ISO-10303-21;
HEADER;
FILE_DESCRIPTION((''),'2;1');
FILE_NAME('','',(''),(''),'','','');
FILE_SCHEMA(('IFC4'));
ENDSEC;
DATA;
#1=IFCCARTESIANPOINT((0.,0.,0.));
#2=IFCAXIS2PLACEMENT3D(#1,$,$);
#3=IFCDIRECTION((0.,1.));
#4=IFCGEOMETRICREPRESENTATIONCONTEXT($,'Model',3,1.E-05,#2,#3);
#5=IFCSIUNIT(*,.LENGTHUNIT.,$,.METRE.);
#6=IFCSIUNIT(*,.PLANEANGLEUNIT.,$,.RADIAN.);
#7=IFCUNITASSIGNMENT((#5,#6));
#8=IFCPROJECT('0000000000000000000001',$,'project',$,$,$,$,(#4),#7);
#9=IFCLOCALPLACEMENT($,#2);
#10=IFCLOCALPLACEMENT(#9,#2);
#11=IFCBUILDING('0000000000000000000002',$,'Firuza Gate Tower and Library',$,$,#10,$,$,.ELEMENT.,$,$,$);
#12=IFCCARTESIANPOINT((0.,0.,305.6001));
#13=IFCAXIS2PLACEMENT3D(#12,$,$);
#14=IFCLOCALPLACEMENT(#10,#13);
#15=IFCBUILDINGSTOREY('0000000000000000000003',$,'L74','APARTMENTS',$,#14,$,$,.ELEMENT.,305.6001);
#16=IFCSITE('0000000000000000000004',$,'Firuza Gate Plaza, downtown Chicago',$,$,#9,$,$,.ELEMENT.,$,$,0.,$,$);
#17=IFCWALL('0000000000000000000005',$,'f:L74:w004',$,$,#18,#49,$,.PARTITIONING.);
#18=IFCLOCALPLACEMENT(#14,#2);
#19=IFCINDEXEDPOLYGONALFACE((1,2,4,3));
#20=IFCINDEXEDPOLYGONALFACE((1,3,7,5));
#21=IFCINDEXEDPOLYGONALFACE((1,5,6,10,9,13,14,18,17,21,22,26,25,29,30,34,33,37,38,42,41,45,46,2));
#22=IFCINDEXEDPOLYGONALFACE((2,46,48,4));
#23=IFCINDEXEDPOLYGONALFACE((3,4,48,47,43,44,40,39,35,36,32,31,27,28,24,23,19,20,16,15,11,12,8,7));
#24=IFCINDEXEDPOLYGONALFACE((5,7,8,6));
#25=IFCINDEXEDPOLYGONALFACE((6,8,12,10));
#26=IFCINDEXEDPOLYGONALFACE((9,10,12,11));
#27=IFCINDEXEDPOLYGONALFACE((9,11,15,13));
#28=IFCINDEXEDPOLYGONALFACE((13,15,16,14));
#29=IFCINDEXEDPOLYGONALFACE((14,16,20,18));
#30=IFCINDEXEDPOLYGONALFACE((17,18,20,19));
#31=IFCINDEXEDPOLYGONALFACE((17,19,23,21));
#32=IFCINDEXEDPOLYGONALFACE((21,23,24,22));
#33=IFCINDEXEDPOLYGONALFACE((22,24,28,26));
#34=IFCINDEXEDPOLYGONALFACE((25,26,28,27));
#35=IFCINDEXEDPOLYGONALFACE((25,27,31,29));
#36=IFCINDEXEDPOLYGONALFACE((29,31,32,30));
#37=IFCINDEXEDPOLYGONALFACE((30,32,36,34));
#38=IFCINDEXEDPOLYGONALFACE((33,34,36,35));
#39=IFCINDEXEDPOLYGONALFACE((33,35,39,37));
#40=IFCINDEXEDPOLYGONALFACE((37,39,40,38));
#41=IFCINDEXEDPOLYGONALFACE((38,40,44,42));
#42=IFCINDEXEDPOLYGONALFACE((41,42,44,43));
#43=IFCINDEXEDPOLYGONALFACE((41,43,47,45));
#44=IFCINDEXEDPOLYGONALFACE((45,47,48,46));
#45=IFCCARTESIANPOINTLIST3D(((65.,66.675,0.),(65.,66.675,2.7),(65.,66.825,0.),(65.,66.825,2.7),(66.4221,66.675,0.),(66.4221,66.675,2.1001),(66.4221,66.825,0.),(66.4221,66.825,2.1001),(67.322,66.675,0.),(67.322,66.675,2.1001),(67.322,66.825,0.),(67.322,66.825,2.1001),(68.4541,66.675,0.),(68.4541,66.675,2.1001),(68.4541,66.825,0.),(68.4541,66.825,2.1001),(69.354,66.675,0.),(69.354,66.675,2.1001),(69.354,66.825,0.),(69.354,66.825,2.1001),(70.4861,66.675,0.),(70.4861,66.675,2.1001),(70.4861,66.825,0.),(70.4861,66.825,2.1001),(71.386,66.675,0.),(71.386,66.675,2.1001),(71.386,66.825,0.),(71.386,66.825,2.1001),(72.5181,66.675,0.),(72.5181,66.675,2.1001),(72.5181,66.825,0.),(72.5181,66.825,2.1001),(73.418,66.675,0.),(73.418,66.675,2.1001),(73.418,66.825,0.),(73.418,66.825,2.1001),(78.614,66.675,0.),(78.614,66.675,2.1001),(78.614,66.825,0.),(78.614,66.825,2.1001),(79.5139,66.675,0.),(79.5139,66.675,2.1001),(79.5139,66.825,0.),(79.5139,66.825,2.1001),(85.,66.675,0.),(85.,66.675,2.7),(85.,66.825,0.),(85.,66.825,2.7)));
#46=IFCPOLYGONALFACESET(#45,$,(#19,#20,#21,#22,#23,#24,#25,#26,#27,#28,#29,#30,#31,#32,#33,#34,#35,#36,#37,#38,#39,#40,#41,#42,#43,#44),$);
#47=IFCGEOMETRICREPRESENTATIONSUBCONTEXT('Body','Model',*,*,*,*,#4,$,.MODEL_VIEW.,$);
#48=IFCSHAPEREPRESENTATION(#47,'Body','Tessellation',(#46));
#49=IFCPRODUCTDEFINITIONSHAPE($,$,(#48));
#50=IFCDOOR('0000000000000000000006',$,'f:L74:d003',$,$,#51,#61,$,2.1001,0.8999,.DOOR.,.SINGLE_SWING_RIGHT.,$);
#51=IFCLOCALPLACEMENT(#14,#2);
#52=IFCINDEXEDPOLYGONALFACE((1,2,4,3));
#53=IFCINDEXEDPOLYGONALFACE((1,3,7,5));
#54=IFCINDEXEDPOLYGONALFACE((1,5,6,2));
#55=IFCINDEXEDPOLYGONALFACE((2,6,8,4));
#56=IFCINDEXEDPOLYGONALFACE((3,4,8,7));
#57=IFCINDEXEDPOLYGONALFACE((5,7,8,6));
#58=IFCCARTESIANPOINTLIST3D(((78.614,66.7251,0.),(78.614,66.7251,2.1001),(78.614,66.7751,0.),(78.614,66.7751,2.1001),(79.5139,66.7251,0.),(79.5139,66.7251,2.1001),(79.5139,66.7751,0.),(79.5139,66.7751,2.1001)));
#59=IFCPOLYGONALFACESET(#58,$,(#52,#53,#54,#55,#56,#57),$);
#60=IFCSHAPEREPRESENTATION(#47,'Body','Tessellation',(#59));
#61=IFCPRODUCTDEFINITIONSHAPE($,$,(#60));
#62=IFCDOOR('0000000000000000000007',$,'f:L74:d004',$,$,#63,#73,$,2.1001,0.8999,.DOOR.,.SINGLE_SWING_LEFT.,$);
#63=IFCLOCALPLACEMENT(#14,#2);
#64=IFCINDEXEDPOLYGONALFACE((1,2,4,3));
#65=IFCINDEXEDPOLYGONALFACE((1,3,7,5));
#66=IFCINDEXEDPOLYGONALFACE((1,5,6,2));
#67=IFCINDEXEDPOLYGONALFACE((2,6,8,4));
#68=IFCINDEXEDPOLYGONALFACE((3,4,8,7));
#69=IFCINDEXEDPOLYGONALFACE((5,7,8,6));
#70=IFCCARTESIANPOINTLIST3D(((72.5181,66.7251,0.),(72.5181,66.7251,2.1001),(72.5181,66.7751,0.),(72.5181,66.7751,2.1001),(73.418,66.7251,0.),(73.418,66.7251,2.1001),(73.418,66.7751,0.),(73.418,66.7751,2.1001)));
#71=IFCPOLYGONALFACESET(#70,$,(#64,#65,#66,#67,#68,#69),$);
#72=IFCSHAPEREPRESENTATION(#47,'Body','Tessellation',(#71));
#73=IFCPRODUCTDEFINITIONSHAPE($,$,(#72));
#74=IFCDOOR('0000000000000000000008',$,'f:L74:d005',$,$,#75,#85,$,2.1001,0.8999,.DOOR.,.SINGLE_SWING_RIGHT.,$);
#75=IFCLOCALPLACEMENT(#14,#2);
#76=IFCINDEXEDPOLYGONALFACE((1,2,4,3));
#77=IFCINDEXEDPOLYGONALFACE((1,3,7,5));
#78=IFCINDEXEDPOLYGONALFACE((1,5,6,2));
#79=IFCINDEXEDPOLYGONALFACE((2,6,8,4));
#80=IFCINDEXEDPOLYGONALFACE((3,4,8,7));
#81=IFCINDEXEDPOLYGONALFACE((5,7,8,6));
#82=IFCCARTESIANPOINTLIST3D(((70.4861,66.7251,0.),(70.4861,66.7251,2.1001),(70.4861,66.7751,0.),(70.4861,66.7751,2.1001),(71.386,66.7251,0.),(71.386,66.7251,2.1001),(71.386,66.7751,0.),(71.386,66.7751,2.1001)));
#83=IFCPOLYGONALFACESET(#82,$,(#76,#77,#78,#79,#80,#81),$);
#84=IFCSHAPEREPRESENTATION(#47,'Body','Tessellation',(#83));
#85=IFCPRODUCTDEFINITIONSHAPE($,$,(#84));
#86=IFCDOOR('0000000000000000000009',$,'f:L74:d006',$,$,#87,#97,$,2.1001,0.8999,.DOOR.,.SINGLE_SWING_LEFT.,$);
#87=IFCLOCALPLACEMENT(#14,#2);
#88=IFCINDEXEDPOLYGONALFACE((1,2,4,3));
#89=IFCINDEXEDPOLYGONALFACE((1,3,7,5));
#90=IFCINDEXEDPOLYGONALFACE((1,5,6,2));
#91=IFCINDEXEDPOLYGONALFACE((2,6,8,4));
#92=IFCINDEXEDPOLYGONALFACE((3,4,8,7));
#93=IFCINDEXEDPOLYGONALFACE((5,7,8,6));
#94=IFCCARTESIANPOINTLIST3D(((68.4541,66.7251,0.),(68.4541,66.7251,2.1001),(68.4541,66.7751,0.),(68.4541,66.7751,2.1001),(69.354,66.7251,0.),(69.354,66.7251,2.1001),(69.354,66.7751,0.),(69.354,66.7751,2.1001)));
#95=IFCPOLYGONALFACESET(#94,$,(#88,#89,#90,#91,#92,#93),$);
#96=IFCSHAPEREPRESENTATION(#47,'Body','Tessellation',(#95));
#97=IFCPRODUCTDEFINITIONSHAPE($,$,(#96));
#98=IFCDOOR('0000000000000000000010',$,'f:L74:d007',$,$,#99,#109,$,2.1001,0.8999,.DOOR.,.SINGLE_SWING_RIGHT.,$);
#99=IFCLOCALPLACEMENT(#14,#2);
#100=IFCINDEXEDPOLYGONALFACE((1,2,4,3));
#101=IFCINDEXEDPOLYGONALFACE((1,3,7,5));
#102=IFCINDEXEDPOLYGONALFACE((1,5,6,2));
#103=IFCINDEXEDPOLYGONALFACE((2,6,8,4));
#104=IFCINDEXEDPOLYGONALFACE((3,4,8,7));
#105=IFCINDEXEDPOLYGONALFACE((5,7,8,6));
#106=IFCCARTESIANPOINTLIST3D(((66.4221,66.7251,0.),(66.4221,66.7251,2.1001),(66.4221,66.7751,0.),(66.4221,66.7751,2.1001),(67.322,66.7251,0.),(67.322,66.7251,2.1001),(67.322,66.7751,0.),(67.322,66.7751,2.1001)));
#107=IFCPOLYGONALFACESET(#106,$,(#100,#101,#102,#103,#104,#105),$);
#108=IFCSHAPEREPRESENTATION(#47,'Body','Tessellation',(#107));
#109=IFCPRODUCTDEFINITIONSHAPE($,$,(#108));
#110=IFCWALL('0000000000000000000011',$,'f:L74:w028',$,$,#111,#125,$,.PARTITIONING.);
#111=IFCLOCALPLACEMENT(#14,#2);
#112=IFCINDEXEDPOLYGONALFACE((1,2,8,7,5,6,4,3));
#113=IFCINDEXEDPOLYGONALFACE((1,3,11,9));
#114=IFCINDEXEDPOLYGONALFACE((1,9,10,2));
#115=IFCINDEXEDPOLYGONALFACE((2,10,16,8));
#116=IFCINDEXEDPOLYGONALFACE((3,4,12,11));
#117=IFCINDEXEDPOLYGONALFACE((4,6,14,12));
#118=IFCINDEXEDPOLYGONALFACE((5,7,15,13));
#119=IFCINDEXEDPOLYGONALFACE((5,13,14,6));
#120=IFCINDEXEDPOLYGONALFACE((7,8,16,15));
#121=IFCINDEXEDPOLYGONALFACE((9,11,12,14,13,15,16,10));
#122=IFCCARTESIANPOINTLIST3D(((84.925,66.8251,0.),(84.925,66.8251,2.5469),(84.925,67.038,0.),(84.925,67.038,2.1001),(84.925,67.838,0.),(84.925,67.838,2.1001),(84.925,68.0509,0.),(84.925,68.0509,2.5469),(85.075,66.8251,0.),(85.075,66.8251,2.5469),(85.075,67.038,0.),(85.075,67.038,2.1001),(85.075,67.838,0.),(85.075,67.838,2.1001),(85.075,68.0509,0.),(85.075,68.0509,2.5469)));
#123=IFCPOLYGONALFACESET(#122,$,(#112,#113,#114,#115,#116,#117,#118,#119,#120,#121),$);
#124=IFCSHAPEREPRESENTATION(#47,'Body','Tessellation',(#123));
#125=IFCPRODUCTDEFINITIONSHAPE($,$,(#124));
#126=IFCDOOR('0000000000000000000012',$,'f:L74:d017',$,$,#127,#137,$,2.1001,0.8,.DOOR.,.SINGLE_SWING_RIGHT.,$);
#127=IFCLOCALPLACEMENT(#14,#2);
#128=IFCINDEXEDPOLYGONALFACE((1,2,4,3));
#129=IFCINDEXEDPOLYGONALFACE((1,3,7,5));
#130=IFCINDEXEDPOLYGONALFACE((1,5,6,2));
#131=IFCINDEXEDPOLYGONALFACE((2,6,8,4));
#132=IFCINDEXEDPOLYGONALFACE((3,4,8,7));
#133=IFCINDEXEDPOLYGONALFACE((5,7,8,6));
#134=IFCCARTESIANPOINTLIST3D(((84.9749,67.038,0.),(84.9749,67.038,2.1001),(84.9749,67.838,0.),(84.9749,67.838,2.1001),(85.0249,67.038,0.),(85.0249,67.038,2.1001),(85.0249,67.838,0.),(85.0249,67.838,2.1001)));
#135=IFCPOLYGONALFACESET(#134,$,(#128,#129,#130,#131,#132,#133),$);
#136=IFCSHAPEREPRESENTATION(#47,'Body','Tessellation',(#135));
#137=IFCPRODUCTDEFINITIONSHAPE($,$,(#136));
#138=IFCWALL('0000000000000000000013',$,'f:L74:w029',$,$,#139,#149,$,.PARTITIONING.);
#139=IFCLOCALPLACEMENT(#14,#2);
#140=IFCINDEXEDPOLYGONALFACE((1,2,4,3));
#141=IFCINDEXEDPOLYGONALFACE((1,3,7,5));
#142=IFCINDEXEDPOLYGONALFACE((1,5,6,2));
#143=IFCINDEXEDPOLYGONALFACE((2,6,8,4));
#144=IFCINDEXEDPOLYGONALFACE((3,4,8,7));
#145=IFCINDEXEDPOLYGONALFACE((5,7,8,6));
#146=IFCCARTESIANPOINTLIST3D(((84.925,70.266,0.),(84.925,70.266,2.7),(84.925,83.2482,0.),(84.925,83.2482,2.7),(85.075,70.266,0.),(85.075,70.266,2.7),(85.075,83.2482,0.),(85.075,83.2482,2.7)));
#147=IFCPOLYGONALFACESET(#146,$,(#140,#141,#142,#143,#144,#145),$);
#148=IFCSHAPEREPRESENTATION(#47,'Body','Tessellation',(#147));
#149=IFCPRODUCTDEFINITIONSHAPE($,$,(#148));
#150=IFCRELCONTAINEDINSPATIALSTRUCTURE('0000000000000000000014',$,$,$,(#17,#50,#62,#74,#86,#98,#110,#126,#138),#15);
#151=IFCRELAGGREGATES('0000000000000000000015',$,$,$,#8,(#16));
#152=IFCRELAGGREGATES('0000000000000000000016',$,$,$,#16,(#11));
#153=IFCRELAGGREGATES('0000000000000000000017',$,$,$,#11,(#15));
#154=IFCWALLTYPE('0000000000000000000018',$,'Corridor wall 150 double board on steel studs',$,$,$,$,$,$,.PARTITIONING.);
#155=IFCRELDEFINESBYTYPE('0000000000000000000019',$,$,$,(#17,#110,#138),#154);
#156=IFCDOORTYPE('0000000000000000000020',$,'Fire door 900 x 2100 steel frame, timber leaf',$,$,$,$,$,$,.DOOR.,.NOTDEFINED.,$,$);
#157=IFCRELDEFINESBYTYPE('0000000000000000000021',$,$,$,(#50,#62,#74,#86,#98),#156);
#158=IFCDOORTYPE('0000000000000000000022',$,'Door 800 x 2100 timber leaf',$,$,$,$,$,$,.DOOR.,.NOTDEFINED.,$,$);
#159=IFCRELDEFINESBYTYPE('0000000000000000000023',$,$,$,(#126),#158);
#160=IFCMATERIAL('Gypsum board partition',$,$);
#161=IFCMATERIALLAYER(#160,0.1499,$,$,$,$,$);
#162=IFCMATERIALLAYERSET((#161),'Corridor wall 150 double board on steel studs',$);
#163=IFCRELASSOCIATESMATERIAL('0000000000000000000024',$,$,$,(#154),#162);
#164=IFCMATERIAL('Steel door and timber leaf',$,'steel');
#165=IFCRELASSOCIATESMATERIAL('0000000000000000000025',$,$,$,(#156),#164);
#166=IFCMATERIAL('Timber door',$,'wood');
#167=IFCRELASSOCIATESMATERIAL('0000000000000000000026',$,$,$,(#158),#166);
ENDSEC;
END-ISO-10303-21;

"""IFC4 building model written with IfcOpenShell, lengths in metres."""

from ifc_helpers import new_model, si_unit, direction, frame, frame_2d, origin, place, context, subcontext, project, spatial, rectangle, extrude, material, layer, layer_set, type_object, element, fill, save


model = new_model("IFC4")

# Units and contexts
model_context = context("Model", 3, precision=1e-05, world=origin(), true_north=direction((0.0, 1.0)))
body_context = subcontext(model_context, "Body", "Model", "MODEL_VIEW")
ifc_project = project(units=[si_unit("LENGTHUNIT", "METRE"), si_unit("PLANEANGLEUNIT", "RADIAN")], contexts=[model_context])

# Site, building, storey
site_placement = place(None, origin())
site = spatial("IfcSite", under=ifc_project, at=site_placement, Name="Firuza Gate Plaza, downtown Chicago", CompositionType="ELEMENT", RefElevation=0.0)
building_placement = place(site_placement, origin())
building = spatial("IfcBuilding", under=site, at=building_placement, Name="Firuza Gate Tower and Library", CompositionType="ELEMENT")
storey_placement = place(building_placement, frame((0.0, 0.0, 305.6001)))
storey = spatial("IfcBuildingStorey", under=building, at=storey_placement, Name="L74", Description="APARTMENTS", CompositionType="ELEMENT", Elevation=305.6001)

# Wall, openings, doors
ifc_material_1 = material(Name="Gypsum board partition")
ifc_layer_1 = layer(ifc_material_1, 0.1499)
ifc_layer_set_1 = layer_set([ifc_layer_1], Name="Corridor wall 150 double board on steel studs")
wall_type_1 = type_object("IfcWallType", Name="Corridor wall 150 double board on steel studs", PredefinedType="PARTITIONING", material=ifc_layer_set_1)
wall_1_placement = place(storey_placement, frame((85.0, 66.75, 0.0), z_axis=(0.0, 0.0, 1.0), x_axis=(-1.0, 0.0, 0.0)))
wall_1 = element("IfcWall", 1, at=wall_1_placement, inside=storey, type_object=wall_type_1, Name="f:L74:w004", PredefinedType="PARTITIONING", context=body_context, shape_type="SweptSolid", body=[
    extrude(rectangle(XDim=20.0, YDim=0.1499, at=frame_2d((10.0, 0.0))), origin(), (0.0, 0.0, 1.0), 2.7),
])
opening_1_placement = place(wall_1_placement, frame((5.4861, 0.0, 0.0)))
opening_1 = element("IfcOpeningElement", 2, at=opening_1_placement, cuts=wall_1, PredefinedType="OPENING", context=body_context, shape_type="SweptSolid", body=[
    extrude(rectangle(XDim=0.8999, YDim=2.1001, at=frame_2d((0.45, 1.05))), frame((0.0, 0.085, 0.0), z_axis=(0.0, -1.0, 0.0), x_axis=(1.0, 0.0, 0.0)), (0.0, 0.0, 1.0), 0.1699),
])
opening_2_placement = place(wall_1_placement, frame((11.582, 0.0, 0.0)))
opening_2 = element("IfcOpeningElement", 3, at=opening_2_placement, cuts=wall_1, PredefinedType="OPENING", context=body_context, shape_type="SweptSolid", body=[
    extrude(rectangle(XDim=0.8999, YDim=2.1001, at=frame_2d((0.45, 1.05))), frame((0.0, 0.085, 0.0), z_axis=(0.0, -1.0, 0.0), x_axis=(1.0, 0.0, 0.0)), (0.0, 0.0, 1.0), 0.1699),
])
opening_3_placement = place(wall_1_placement, frame((13.614, 0.0, 0.0)))
opening_3 = element("IfcOpeningElement", 4, at=opening_3_placement, cuts=wall_1, PredefinedType="OPENING", context=body_context, shape_type="SweptSolid", body=[
    extrude(rectangle(XDim=0.8999, YDim=2.1001, at=frame_2d((0.45, 1.05))), frame((0.0, 0.085, 0.0), z_axis=(0.0, -1.0, 0.0), x_axis=(1.0, 0.0, 0.0)), (0.0, 0.0, 1.0), 0.1699),
])
opening_4_placement = place(wall_1_placement, frame((15.646, 0.0, 0.0)))
opening_4 = element("IfcOpeningElement", 5, at=opening_4_placement, cuts=wall_1, PredefinedType="OPENING", context=body_context, shape_type="SweptSolid", body=[
    extrude(rectangle(XDim=0.8999, YDim=2.1001, at=frame_2d((0.45, 1.05))), frame((0.0, 0.085, 0.0), z_axis=(0.0, -1.0, 0.0), x_axis=(1.0, 0.0, 0.0)), (0.0, 0.0, 1.0), 0.1699),
])
opening_5_placement = place(wall_1_placement, frame((17.678, 0.0, 0.0)))
opening_5 = element("IfcOpeningElement", 6, at=opening_5_placement, cuts=wall_1, PredefinedType="OPENING", context=body_context, shape_type="SweptSolid", body=[
    extrude(rectangle(XDim=0.8999, YDim=2.1001, at=frame_2d((0.45, 1.05))), frame((0.0, 0.085, 0.0), z_axis=(0.0, -1.0, 0.0), x_axis=(1.0, 0.0, 0.0)), (0.0, 0.0, 1.0), 0.1699),
])
ifc_material_2 = material(Name="Steel door and timber leaf", Category="steel")
door_type_1 = type_object("IfcDoorType", Name="Fire door 900 x 2100 steel frame, timber leaf", OperationType="NOTDEFINED", PredefinedType="DOOR", material=ifc_material_2)
door_1_placement = place(opening_1_placement, origin())
door_1 = element("IfcDoor", 7, at=door_1_placement, inside=storey, type_object=door_type_1, Name="f:L74:d003", OperationType="SINGLE_SWING_RIGHT", OverallHeight=2.1001, OverallWidth=0.8999, PredefinedType="DOOR", context=body_context, shape_type="SweptSolid", body=[
    extrude(rectangle(XDim=0.8999, YDim=2.1001, at=frame_2d((0.45, 1.05))), frame((0.0, 0.0249, 0.0), z_axis=(0.0, -1.0, 0.0), x_axis=(1.0, 0.0, 0.0)), (0.0, 0.0, 1.0), 0.05),
])
fill(opening_1, door_1)
door_2_placement = place(opening_2_placement, origin())
door_2 = element("IfcDoor", 8, at=door_2_placement, inside=storey, type_object=door_type_1, Name="f:L74:d004", OperationType="SINGLE_SWING_LEFT", OverallHeight=2.1001, OverallWidth=0.8999, PredefinedType="DOOR", context=body_context, shape_type="SweptSolid", body=[
    extrude(rectangle(XDim=0.8999, YDim=2.1001, at=frame_2d((0.45, 1.05))), frame((0.0, 0.0249, 0.0), z_axis=(0.0, -1.0, 0.0), x_axis=(1.0, 0.0, 0.0)), (0.0, 0.0, 1.0), 0.05),
])
fill(opening_2, door_2)
door_3_placement = place(opening_3_placement, origin())
door_3 = element("IfcDoor", 9, at=door_3_placement, inside=storey, type_object=door_type_1, Name="f:L74:d005", OperationType="SINGLE_SWING_RIGHT", OverallHeight=2.1001, OverallWidth=0.8999, PredefinedType="DOOR", context=body_context, shape_type="SweptSolid", body=[
    extrude(rectangle(XDim=0.8999, YDim=2.1001, at=frame_2d((0.45, 1.05))), frame((0.0, 0.0249, 0.0), z_axis=(0.0, -1.0, 0.0), x_axis=(1.0, 0.0, 0.0)), (0.0, 0.0, 1.0), 0.05),
])
fill(opening_3, door_3)
door_4_placement = place(opening_4_placement, origin())
door_4 = element("IfcDoor", 10, at=door_4_placement, inside=storey, type_object=door_type_1, Name="f:L74:d006", OperationType="SINGLE_SWING_LEFT", OverallHeight=2.1001, OverallWidth=0.8999, PredefinedType="DOOR", context=body_context, shape_type="SweptSolid", body=[
    extrude(rectangle(XDim=0.8999, YDim=2.1001, at=frame_2d((0.45, 1.05))), frame((0.0, 0.0249, 0.0), z_axis=(0.0, -1.0, 0.0), x_axis=(1.0, 0.0, 0.0)), (0.0, 0.0, 1.0), 0.05),
])
fill(opening_4, door_4)
door_5_placement = place(opening_5_placement, origin())
door_5 = element("IfcDoor", 11, at=door_5_placement, inside=storey, type_object=door_type_1, Name="f:L74:d007", OperationType="SINGLE_SWING_RIGHT", OverallHeight=2.1001, OverallWidth=0.8999, PredefinedType="DOOR", context=body_context, shape_type="SweptSolid", body=[
    extrude(rectangle(XDim=0.8999, YDim=2.1001, at=frame_2d((0.45, 1.05))), frame((0.0, 0.0249, 0.0), z_axis=(0.0, -1.0, 0.0), x_axis=(1.0, 0.0, 0.0)), (0.0, 0.0, 1.0), 0.05),
])
fill(opening_5, door_5)

# Wall, opening, door
wall_2_placement = place(storey_placement, frame((85.0, 68.0508, 0.0), z_axis=(0.0, 0.0, 1.0), x_axis=(0.0, -1.0, 0.0)))
wall_2 = element("IfcWall", 12, at=wall_2_placement, inside=storey, type_object=wall_type_1, Name="f:L74:w028", PredefinedType="PARTITIONING", context=body_context, shape_type="SweptSolid", body=[
    extrude(rectangle(XDim=1.2258, YDim=0.1499, at=frame_2d((0.6128, 0.0))), origin(), (0.0, 0.0, 1.0), 2.5469),
])
opening_6_placement = place(wall_2_placement, frame((0.2129, 0.0, 0.0)))
opening_6 = element("IfcOpeningElement", 13, at=opening_6_placement, cuts=wall_2, PredefinedType="OPENING", context=body_context, shape_type="SweptSolid", body=[
    extrude(rectangle(XDim=0.8, YDim=2.1001, at=frame_2d((0.3999, 1.05))), frame((0.0, 0.085, 0.0), z_axis=(0.0, -1.0, 0.0), x_axis=(1.0, 0.0, 0.0)), (0.0, 0.0, 1.0), 0.1699),
])
ifc_material_3 = material(Name="Timber door", Category="wood")
door_type_2 = type_object("IfcDoorType", Name="Door 800 x 2100 timber leaf", OperationType="NOTDEFINED", PredefinedType="DOOR", material=ifc_material_3)
door_6_placement = place(opening_6_placement, origin())
door_6 = element("IfcDoor", 14, at=door_6_placement, inside=storey, type_object=door_type_2, Name="f:L74:d017", OperationType="SINGLE_SWING_RIGHT", OverallHeight=2.1001, OverallWidth=0.8, PredefinedType="DOOR", context=body_context, shape_type="SweptSolid", body=[
    extrude(rectangle(XDim=0.8, YDim=2.1001, at=frame_2d((0.3999, 1.05))), frame((0.0, 0.0249, 0.0), z_axis=(0.0, -1.0, 0.0), x_axis=(1.0, 0.0, 0.0)), (0.0, 0.0, 1.0), 0.05),
])
fill(opening_6, door_6)

# Wall
wall_3_placement = place(storey_placement, frame((85.0, 70.2659, 0.0), z_axis=(0.0, 0.0, 1.0), x_axis=(0.0, 1.0, 0.0)))
element("IfcWall", 15, at=wall_3_placement, inside=storey, type_object=wall_type_1, Name="f:L74:w029", PredefinedType="PARTITIONING", context=body_context, shape_type="SweptSolid", body=[
    extrude(rectangle(XDim=12.9822, YDim=0.1499, at=frame_2d((6.4912, 0.0))), origin(), (0.0, 0.0, 1.0), 2.7),
])

save(model, "model.ifc")
